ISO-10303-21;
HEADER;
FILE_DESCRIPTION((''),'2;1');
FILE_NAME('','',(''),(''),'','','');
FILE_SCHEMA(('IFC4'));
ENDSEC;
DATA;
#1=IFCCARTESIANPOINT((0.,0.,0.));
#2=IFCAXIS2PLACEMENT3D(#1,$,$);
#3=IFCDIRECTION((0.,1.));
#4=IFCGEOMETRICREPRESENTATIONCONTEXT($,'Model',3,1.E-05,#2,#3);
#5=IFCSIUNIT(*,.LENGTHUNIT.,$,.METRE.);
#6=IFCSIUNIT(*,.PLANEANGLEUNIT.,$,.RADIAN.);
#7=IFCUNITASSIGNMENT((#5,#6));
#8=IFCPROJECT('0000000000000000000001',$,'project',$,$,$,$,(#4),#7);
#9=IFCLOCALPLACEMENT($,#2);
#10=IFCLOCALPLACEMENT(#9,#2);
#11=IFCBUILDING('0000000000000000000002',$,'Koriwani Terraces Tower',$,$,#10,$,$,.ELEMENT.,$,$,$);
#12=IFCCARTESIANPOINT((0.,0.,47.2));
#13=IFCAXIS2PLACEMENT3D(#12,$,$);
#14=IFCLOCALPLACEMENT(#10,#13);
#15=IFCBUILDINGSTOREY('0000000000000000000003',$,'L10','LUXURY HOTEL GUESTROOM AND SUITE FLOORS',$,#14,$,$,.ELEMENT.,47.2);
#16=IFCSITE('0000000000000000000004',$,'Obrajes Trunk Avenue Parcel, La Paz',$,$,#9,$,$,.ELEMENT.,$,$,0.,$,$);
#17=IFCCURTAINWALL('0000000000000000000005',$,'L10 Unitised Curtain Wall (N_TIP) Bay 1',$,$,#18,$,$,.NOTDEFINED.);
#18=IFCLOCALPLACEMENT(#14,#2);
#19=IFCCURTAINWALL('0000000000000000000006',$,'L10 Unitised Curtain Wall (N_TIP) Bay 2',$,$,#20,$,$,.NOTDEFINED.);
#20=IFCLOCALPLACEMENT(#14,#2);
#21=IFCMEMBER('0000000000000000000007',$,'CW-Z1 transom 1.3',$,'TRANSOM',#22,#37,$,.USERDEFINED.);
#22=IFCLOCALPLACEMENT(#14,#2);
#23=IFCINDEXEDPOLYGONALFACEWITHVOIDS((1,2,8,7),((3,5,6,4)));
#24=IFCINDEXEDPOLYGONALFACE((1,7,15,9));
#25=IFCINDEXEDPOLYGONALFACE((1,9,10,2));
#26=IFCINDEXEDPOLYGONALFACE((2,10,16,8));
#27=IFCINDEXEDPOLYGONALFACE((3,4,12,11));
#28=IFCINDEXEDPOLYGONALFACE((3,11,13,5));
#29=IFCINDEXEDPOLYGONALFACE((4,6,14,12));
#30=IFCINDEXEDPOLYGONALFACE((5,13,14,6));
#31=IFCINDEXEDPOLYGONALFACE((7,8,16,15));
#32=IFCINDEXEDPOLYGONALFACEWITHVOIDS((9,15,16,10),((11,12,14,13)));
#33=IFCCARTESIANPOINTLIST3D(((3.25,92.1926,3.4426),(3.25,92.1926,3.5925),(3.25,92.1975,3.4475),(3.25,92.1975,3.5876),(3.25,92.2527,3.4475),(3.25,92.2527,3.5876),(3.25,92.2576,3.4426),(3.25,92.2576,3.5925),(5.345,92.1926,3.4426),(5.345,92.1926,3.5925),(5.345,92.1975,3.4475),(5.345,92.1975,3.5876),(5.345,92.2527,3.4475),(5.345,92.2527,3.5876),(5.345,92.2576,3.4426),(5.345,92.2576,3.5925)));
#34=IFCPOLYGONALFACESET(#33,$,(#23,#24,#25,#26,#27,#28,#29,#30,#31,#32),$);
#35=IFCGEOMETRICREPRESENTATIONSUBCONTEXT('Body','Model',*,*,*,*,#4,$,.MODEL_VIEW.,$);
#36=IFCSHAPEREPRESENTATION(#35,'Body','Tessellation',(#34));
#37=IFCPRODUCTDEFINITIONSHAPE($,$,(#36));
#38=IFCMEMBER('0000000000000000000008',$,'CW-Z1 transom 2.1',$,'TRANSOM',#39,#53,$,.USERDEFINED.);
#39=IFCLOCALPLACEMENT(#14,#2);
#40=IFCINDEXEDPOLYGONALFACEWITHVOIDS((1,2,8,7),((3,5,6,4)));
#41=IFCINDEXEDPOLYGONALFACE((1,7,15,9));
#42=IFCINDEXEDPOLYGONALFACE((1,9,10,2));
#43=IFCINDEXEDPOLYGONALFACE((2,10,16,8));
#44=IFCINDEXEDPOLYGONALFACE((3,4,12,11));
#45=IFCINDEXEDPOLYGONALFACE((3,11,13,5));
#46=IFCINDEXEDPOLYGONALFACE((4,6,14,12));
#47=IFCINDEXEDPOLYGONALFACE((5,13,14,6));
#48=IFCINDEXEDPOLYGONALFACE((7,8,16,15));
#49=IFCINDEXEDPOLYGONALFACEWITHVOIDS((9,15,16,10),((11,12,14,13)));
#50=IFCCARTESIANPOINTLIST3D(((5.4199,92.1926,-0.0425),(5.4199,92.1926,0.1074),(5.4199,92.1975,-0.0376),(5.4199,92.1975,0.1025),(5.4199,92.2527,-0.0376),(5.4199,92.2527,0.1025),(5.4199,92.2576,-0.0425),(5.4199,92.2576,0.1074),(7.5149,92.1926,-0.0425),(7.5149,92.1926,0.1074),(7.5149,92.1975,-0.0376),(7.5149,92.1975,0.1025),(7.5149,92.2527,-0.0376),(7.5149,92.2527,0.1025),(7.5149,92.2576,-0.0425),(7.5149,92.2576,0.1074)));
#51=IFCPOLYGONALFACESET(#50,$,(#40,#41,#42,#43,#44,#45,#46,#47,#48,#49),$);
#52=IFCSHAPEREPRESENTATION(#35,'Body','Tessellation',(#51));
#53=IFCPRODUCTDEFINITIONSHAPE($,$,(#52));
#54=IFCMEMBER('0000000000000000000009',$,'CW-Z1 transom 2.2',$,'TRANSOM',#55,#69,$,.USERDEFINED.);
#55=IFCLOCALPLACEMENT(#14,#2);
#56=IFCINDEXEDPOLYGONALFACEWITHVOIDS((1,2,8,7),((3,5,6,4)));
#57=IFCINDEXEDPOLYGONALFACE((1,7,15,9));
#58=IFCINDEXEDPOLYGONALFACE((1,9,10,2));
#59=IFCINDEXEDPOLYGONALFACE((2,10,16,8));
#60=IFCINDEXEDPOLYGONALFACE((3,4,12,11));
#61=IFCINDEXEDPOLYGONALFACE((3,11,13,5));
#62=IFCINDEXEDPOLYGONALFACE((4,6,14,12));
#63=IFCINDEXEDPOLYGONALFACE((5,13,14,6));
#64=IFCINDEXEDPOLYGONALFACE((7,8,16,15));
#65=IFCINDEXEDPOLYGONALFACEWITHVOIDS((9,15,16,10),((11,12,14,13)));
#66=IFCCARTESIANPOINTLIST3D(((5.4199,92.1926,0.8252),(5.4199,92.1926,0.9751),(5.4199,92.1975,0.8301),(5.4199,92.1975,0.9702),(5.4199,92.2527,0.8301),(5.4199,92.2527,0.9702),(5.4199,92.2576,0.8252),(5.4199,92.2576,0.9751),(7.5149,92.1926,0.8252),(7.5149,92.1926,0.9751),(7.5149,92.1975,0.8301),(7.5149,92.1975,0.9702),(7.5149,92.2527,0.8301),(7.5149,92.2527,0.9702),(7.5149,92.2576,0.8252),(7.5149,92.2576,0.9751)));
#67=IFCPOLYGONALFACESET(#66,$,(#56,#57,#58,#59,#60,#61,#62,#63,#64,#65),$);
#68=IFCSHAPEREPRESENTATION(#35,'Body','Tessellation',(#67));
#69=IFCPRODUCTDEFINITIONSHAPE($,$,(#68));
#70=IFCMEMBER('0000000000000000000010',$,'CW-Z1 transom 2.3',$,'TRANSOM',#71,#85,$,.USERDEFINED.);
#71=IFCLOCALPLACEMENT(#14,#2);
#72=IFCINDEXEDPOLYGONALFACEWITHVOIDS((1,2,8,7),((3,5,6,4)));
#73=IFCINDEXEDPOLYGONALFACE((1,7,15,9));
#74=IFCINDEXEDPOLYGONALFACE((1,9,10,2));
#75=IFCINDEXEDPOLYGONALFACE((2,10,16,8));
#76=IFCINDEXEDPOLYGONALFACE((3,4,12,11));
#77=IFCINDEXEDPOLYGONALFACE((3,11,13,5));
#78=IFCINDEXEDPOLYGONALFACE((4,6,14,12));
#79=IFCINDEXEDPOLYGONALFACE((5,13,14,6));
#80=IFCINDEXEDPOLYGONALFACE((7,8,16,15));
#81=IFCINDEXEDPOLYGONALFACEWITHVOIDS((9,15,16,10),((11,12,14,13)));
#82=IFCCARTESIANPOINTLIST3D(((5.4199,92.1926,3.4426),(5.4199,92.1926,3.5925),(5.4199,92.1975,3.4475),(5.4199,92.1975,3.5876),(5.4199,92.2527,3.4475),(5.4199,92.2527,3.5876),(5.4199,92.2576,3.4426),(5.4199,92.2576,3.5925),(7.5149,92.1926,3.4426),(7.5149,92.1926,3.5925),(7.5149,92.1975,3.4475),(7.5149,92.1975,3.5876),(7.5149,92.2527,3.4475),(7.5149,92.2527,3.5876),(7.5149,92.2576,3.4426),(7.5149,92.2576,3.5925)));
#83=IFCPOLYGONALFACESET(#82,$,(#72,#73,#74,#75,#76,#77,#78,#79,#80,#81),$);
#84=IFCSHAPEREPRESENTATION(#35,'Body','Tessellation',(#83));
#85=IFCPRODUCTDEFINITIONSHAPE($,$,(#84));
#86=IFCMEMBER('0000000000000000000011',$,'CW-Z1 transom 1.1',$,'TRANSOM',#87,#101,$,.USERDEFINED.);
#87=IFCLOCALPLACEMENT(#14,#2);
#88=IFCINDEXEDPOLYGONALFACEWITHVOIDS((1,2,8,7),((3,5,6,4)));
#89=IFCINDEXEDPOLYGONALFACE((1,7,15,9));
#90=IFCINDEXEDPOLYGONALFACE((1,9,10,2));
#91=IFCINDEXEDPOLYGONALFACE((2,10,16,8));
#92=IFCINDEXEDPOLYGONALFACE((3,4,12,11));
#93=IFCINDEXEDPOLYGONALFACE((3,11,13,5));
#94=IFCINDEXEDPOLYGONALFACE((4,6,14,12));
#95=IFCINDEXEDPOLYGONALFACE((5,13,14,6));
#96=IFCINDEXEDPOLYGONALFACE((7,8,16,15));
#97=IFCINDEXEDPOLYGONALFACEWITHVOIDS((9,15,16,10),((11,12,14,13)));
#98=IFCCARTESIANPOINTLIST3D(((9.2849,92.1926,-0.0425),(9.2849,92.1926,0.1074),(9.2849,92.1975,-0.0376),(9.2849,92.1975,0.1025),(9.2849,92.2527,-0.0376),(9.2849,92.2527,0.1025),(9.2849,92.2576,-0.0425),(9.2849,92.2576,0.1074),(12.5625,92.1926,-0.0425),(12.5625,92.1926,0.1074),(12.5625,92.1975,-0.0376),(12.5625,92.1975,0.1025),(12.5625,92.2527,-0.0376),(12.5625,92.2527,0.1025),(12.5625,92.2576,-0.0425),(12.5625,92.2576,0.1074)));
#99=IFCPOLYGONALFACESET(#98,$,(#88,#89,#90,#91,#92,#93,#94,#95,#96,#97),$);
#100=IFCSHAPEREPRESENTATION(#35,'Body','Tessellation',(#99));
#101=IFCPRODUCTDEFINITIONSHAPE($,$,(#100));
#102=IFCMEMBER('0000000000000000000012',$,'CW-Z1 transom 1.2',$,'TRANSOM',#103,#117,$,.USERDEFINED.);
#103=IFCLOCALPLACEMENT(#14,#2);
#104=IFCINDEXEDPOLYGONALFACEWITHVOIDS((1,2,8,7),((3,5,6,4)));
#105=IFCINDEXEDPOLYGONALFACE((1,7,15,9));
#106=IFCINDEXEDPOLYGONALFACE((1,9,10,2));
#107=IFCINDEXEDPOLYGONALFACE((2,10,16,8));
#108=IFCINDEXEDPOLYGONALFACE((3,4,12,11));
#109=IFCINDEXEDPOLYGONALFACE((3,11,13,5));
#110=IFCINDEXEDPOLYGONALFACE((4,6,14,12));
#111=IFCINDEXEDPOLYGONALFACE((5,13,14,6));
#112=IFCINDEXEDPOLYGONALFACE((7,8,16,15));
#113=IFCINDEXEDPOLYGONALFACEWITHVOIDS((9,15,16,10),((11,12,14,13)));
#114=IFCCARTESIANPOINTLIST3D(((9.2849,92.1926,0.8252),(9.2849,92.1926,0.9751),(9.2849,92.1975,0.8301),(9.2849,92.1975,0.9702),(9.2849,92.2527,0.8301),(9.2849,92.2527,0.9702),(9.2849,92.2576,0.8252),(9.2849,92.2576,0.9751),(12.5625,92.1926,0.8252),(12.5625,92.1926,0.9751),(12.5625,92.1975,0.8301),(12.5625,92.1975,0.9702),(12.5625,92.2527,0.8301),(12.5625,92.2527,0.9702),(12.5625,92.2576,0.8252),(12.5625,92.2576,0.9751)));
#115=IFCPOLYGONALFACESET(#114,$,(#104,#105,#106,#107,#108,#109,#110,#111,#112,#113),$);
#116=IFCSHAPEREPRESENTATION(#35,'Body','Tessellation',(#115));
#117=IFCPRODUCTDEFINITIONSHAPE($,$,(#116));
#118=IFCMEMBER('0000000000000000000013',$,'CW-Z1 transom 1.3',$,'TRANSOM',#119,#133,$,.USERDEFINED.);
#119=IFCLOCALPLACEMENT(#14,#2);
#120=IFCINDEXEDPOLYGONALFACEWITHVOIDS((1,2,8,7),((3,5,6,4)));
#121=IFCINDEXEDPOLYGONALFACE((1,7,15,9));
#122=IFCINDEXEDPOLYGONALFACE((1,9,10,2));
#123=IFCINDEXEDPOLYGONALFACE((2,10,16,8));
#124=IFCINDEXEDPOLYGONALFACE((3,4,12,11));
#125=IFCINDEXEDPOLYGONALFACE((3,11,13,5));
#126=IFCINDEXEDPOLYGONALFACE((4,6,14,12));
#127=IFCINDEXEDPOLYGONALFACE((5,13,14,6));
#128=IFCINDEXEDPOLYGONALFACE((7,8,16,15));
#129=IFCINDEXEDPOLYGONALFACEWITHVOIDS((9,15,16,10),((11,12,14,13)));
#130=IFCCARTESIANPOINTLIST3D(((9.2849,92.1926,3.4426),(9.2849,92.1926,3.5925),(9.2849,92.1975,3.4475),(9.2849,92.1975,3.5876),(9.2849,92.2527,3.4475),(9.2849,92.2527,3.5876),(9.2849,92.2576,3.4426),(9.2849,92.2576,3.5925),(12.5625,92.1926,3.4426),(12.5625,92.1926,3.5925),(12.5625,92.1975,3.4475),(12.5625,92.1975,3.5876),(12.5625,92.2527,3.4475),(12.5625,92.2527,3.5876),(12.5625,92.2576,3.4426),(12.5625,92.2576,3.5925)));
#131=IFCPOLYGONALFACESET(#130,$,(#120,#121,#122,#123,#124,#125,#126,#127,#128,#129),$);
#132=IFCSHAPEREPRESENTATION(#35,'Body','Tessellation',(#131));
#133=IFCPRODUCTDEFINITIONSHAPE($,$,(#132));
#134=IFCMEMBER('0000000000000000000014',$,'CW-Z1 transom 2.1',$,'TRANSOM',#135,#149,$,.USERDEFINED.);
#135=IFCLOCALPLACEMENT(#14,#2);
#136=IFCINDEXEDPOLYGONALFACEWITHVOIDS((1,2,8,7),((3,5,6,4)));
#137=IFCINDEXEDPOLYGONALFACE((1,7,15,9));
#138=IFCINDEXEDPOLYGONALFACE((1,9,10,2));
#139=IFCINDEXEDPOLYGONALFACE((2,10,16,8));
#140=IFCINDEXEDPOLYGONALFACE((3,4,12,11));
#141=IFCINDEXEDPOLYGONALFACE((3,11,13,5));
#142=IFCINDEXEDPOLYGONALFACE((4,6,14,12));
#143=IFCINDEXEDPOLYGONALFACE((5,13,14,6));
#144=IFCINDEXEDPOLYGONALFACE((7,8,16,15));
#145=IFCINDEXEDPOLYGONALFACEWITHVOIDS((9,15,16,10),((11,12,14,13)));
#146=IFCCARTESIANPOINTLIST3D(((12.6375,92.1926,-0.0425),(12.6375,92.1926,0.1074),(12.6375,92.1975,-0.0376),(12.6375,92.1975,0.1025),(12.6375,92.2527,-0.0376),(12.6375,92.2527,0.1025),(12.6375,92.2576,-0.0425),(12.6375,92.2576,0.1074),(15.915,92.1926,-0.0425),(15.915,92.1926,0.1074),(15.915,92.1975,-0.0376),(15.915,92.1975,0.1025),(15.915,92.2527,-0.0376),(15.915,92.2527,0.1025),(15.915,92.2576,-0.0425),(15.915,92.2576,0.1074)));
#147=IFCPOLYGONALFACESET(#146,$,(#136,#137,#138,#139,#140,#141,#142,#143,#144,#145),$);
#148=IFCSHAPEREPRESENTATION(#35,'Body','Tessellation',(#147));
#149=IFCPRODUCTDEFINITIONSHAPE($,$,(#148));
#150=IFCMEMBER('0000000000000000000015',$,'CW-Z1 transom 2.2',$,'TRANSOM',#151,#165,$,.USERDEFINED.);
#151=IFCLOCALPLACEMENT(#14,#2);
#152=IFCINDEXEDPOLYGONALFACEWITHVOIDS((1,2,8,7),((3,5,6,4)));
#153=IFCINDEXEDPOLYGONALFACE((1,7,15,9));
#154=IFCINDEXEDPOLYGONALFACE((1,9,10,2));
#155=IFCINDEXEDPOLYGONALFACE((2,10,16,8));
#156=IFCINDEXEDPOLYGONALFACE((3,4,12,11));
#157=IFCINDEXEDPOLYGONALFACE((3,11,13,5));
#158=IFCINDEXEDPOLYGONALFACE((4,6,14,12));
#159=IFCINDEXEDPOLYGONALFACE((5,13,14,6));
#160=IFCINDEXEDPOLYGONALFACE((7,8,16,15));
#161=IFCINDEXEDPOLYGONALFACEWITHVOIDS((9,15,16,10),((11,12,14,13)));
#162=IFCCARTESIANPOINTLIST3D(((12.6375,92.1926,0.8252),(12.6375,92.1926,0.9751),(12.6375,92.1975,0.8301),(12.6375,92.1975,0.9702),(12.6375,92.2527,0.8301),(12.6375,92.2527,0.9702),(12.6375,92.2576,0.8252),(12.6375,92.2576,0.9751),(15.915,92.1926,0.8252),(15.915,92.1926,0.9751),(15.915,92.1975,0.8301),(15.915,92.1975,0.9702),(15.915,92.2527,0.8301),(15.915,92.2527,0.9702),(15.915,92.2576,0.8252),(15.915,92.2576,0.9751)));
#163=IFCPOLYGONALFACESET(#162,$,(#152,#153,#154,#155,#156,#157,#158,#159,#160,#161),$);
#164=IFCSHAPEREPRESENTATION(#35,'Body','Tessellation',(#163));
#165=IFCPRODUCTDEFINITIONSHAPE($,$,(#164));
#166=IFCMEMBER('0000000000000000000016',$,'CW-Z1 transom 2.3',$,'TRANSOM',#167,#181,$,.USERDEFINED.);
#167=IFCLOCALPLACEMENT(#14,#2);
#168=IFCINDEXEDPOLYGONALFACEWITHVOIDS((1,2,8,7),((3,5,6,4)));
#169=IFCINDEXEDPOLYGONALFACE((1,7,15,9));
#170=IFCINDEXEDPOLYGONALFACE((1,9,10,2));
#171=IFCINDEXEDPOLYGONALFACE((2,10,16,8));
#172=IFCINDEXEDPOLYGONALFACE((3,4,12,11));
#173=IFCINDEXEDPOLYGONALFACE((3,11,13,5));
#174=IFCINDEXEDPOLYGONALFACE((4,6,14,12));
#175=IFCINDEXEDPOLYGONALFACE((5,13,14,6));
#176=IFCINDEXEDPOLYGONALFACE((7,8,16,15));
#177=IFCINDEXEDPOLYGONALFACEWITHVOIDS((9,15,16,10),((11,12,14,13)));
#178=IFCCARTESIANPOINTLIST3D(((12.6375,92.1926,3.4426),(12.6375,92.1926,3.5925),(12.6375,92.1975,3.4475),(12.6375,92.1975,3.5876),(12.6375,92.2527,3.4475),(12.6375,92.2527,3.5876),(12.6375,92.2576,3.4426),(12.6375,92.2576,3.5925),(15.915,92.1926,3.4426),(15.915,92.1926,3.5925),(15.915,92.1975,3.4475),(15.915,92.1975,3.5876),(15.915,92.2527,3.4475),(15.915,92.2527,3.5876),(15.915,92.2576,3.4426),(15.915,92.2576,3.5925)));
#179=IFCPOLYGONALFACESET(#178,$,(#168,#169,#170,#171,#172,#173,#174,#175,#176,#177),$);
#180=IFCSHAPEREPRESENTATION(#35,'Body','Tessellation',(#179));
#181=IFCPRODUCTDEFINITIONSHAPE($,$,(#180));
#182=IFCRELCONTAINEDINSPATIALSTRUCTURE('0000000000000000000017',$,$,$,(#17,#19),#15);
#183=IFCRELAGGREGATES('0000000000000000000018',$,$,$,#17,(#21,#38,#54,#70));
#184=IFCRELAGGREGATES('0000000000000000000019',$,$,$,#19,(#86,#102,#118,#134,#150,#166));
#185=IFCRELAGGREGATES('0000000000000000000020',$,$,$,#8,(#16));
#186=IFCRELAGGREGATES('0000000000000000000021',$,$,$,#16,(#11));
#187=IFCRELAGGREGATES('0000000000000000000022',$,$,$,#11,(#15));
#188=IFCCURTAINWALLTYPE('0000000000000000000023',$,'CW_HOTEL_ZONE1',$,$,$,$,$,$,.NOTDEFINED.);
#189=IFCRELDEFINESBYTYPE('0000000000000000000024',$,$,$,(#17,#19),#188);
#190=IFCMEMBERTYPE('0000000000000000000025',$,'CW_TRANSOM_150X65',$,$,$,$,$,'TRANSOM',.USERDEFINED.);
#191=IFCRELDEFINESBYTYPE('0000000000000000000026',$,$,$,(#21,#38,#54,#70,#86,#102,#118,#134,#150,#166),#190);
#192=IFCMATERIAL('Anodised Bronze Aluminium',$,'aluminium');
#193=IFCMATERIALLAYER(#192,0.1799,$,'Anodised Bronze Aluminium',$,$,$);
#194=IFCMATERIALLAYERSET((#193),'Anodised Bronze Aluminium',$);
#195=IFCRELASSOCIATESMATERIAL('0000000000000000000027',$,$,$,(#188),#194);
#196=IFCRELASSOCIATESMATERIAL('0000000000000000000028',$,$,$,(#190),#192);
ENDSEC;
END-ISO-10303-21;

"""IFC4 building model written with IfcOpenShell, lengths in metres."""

from ifc_helpers import new_model, si_unit, direction, frame, origin, origin_2d, place, context, subcontext, project, spatial, hollow_rectangle, extrude, material, layer, layer_set, material_profile, profile_set, type_object, element, aggregate, save


model = new_model("IFC4")

# Units and contexts
model_context = context("Model", 3, precision=1e-05, world=origin(), true_north=direction((0.0, 1.0)))
body_context = subcontext(model_context, "Body", "Model", "MODEL_VIEW")
ifc_project = project(units=[si_unit("LENGTHUNIT", "METRE"), si_unit("PLANEANGLEUNIT", "RADIAN")], contexts=[model_context])

# Site, building, storey
site_placement = place(None, origin())
site = spatial("IfcSite", under=ifc_project, at=site_placement, Name="Obrajes Trunk Avenue Parcel, La Paz", CompositionType="ELEMENT", RefElevation=0.0)
building_placement = place(site_placement, origin())
building = spatial("IfcBuilding", under=site, at=building_placement, Name="Koriwani Terraces Tower", CompositionType="ELEMENT")
storey_placement = place(building_placement, frame((0.0, 0.0, 47.2)))
storey = spatial("IfcBuildingStorey", under=building, at=storey_placement, Name="L10", Description="LUXURY HOTEL GUESTROOM AND SUITE FLOORS", CompositionType="ELEMENT", Elevation=47.2)

# Curtain walls
ifc_material_1 = material(Name="Anodised Bronze Aluminium", Category="aluminium")
ifc_layer_1 = layer(ifc_material_1, 0.1799, Name="Anodised Bronze Aluminium")
ifc_layer_set_1 = layer_set([ifc_layer_1], Name="Anodised Bronze Aluminium")
curtain_wall_type = type_object("IfcCurtainWallType", Name="CW_HOTEL_ZONE1", PredefinedType="NOTDEFINED", material=ifc_layer_set_1)
curtain_wall_1_placement = place(storey_placement, origin())
curtain_wall_1 = element("IfcCurtainWall", 1, at=curtain_wall_1_placement, inside=storey, type_object=curtain_wall_type, Name="L10 Unitised Curtain Wall (N_TIP) Bay 1", PredefinedType="NOTDEFINED")
curtain_wall_2_placement = place(storey_placement, origin())
curtain_wall_2 = element("IfcCurtainWall", 2, at=curtain_wall_2_placement, inside=storey, type_object=curtain_wall_type, Name="L10 Unitised Curtain Wall (N_TIP) Bay 2", PredefinedType="NOTDEFINED")

# Members
ifc_material_profile_1 = material_profile(ifc_material_1, hollow_rectangle(XDim=0.0649, YDim=0.1499, WallThickness=0.0049, at=origin_2d()), Name="Anodised Bronze Aluminium", Category="LoadBearing")
ifc_profile_set_1 = profile_set([ifc_material_profile_1], Name="Anodised Bronze Aluminium")
member_type_1 = type_object("IfcMemberType", Name="CW_TRANSOM_150X65", ElementType="TRANSOM", PredefinedType="USERDEFINED", material=ifc_profile_set_1)
member_1_placement = place(storey_placement, frame((3.25, 92.2251, 3.5176), z_axis=(1.0, 0.0, 0.0), x_axis=(0.0, 1.0, 0.0)))
member_1 = element("IfcMember", 3, at=member_1_placement, type_object=member_type_1, Name="CW-Z1 transom 1.3", ObjectType="TRANSOM", PredefinedType="USERDEFINED", context=body_context, shape_type="SweptSolid", body=[
    extrude(hollow_rectangle(XDim=0.0649, YDim=0.1499, WallThickness=0.0049, at=origin_2d()), origin(), (0.0, 0.0, 1.0), 2.095),
])
member_2_placement = place(storey_placement, frame((5.4199, 92.2251, 0.0325), z_axis=(1.0, 0.0, 0.0), x_axis=(0.0, 1.0, 0.0)))
member_2 = element("IfcMember", 4, at=member_2_placement, type_object=member_type_1, Name="CW-Z1 transom 2.1", ObjectType="TRANSOM", PredefinedType="USERDEFINED", context=body_context, shape_type="SweptSolid", body=[
    extrude(hollow_rectangle(XDim=0.0649, YDim=0.1499, WallThickness=0.0049, at=origin_2d()), origin(), (0.0, 0.0, 1.0), 2.095),
])
member_3_placement = place(storey_placement, frame((5.4199, 92.2251, 0.9001), z_axis=(1.0, 0.0, 0.0), x_axis=(0.0, 1.0, 0.0)))
member_3 = element("IfcMember", 5, at=member_3_placement, type_object=member_type_1, Name="CW-Z1 transom 2.2", ObjectType="TRANSOM", PredefinedType="USERDEFINED", context=body_context, shape_type="SweptSolid", body=[
    extrude(hollow_rectangle(XDim=0.0649, YDim=0.1499, WallThickness=0.0049, at=origin_2d()), origin(), (0.0, 0.0, 1.0), 2.095),
])
member_4_placement = place(storey_placement, frame((5.4199, 92.2251, 3.5176), z_axis=(1.0, 0.0, 0.0), x_axis=(0.0, 1.0, 0.0)))
member_4 = element("IfcMember", 6, at=member_4_placement, type_object=member_type_1, Name="CW-Z1 transom 2.3", ObjectType="TRANSOM", PredefinedType="USERDEFINED", context=body_context, shape_type="SweptSolid", body=[
    extrude(hollow_rectangle(XDim=0.0649, YDim=0.1499, WallThickness=0.0049, at=origin_2d()), origin(), (0.0, 0.0, 1.0), 2.095),
])
member_5_placement = place(storey_placement, frame((9.2849, 92.2251, 0.0325), z_axis=(1.0, 0.0, 0.0), x_axis=(0.0, 1.0, 0.0)))
member_5 = element("IfcMember", 7, at=member_5_placement, type_object=member_type_1, Name="CW-Z1 transom 1.1", ObjectType="TRANSOM", PredefinedType="USERDEFINED", context=body_context, shape_type="SweptSolid", body=[
    extrude(hollow_rectangle(XDim=0.0649, YDim=0.1499, WallThickness=0.0049, at=origin_2d()), origin(), (0.0, 0.0, 1.0), 3.2776),
])
member_6_placement = place(storey_placement, frame((9.2849, 92.2251, 0.9001), z_axis=(1.0, 0.0, 0.0), x_axis=(0.0, 1.0, 0.0)))
member_6 = element("IfcMember", 8, at=member_6_placement, type_object=member_type_1, Name="CW-Z1 transom 1.2", ObjectType="TRANSOM", PredefinedType="USERDEFINED", context=body_context, shape_type="SweptSolid", body=[
    extrude(hollow_rectangle(XDim=0.0649, YDim=0.1499, WallThickness=0.0049, at=origin_2d()), origin(), (0.0, 0.0, 1.0), 3.2776),
])
member_7_placement = place(storey_placement, frame((9.2849, 92.2251, 3.5176), z_axis=(1.0, 0.0, 0.0), x_axis=(0.0, 1.0, 0.0)))
member_7 = element("IfcMember", 9, at=member_7_placement, type_object=member_type_1, Name="CW-Z1 transom 1.3", ObjectType="TRANSOM", PredefinedType="USERDEFINED", context=body_context, shape_type="SweptSolid", body=[
    extrude(hollow_rectangle(XDim=0.0649, YDim=0.1499, WallThickness=0.0049, at=origin_2d()), origin(), (0.0, 0.0, 1.0), 3.2776),
])
member_8_placement = place(storey_placement, frame((12.6375, 92.2251, 0.0325), z_axis=(1.0, 0.0, 0.0), x_axis=(0.0, 1.0, 0.0)))
member_8 = element("IfcMember", 10, at=member_8_placement, type_object=member_type_1, Name="CW-Z1 transom 2.1", ObjectType="TRANSOM", PredefinedType="USERDEFINED", context=body_context, shape_type="SweptSolid", body=[
    extrude(hollow_rectangle(XDim=0.0649, YDim=0.1499, WallThickness=0.0049, at=origin_2d()), origin(), (0.0, 0.0, 1.0), 3.2776),
])
member_9_placement = place(storey_placement, frame((12.6375, 92.2251, 0.9001), z_axis=(1.0, 0.0, 0.0), x_axis=(0.0, 1.0, 0.0)))
member_9 = element("IfcMember", 11, at=member_9_placement, type_object=member_type_1, Name="CW-Z1 transom 2.2", ObjectType="TRANSOM", PredefinedType="USERDEFINED", context=body_context, shape_type="SweptSolid", body=[
    extrude(hollow_rectangle(XDim=0.0649, YDim=0.1499, WallThickness=0.0049, at=origin_2d()), origin(), (0.0, 0.0, 1.0), 3.2776),
])
member_10_placement = place(storey_placement, frame((12.6375, 92.2251, 3.5176), z_axis=(1.0, 0.0, 0.0), x_axis=(0.0, 1.0, 0.0)))
member_10 = element("IfcMember", 12, at=member_10_placement, type_object=member_type_1, Name="CW-Z1 transom 2.3", ObjectType="TRANSOM", PredefinedType="USERDEFINED", context=body_context, shape_type="SweptSolid", body=[
    extrude(hollow_rectangle(XDim=0.0649, YDim=0.1499, WallThickness=0.0049, at=origin_2d()), origin(), (0.0, 0.0, 1.0), 3.2776),
])

aggregate(curtain_wall_1, [member_1, member_2, member_3, member_4])
aggregate(curtain_wall_2, [member_5, member_6, member_7, member_8, member_9, member_10])

save(model, "model.ifc")
